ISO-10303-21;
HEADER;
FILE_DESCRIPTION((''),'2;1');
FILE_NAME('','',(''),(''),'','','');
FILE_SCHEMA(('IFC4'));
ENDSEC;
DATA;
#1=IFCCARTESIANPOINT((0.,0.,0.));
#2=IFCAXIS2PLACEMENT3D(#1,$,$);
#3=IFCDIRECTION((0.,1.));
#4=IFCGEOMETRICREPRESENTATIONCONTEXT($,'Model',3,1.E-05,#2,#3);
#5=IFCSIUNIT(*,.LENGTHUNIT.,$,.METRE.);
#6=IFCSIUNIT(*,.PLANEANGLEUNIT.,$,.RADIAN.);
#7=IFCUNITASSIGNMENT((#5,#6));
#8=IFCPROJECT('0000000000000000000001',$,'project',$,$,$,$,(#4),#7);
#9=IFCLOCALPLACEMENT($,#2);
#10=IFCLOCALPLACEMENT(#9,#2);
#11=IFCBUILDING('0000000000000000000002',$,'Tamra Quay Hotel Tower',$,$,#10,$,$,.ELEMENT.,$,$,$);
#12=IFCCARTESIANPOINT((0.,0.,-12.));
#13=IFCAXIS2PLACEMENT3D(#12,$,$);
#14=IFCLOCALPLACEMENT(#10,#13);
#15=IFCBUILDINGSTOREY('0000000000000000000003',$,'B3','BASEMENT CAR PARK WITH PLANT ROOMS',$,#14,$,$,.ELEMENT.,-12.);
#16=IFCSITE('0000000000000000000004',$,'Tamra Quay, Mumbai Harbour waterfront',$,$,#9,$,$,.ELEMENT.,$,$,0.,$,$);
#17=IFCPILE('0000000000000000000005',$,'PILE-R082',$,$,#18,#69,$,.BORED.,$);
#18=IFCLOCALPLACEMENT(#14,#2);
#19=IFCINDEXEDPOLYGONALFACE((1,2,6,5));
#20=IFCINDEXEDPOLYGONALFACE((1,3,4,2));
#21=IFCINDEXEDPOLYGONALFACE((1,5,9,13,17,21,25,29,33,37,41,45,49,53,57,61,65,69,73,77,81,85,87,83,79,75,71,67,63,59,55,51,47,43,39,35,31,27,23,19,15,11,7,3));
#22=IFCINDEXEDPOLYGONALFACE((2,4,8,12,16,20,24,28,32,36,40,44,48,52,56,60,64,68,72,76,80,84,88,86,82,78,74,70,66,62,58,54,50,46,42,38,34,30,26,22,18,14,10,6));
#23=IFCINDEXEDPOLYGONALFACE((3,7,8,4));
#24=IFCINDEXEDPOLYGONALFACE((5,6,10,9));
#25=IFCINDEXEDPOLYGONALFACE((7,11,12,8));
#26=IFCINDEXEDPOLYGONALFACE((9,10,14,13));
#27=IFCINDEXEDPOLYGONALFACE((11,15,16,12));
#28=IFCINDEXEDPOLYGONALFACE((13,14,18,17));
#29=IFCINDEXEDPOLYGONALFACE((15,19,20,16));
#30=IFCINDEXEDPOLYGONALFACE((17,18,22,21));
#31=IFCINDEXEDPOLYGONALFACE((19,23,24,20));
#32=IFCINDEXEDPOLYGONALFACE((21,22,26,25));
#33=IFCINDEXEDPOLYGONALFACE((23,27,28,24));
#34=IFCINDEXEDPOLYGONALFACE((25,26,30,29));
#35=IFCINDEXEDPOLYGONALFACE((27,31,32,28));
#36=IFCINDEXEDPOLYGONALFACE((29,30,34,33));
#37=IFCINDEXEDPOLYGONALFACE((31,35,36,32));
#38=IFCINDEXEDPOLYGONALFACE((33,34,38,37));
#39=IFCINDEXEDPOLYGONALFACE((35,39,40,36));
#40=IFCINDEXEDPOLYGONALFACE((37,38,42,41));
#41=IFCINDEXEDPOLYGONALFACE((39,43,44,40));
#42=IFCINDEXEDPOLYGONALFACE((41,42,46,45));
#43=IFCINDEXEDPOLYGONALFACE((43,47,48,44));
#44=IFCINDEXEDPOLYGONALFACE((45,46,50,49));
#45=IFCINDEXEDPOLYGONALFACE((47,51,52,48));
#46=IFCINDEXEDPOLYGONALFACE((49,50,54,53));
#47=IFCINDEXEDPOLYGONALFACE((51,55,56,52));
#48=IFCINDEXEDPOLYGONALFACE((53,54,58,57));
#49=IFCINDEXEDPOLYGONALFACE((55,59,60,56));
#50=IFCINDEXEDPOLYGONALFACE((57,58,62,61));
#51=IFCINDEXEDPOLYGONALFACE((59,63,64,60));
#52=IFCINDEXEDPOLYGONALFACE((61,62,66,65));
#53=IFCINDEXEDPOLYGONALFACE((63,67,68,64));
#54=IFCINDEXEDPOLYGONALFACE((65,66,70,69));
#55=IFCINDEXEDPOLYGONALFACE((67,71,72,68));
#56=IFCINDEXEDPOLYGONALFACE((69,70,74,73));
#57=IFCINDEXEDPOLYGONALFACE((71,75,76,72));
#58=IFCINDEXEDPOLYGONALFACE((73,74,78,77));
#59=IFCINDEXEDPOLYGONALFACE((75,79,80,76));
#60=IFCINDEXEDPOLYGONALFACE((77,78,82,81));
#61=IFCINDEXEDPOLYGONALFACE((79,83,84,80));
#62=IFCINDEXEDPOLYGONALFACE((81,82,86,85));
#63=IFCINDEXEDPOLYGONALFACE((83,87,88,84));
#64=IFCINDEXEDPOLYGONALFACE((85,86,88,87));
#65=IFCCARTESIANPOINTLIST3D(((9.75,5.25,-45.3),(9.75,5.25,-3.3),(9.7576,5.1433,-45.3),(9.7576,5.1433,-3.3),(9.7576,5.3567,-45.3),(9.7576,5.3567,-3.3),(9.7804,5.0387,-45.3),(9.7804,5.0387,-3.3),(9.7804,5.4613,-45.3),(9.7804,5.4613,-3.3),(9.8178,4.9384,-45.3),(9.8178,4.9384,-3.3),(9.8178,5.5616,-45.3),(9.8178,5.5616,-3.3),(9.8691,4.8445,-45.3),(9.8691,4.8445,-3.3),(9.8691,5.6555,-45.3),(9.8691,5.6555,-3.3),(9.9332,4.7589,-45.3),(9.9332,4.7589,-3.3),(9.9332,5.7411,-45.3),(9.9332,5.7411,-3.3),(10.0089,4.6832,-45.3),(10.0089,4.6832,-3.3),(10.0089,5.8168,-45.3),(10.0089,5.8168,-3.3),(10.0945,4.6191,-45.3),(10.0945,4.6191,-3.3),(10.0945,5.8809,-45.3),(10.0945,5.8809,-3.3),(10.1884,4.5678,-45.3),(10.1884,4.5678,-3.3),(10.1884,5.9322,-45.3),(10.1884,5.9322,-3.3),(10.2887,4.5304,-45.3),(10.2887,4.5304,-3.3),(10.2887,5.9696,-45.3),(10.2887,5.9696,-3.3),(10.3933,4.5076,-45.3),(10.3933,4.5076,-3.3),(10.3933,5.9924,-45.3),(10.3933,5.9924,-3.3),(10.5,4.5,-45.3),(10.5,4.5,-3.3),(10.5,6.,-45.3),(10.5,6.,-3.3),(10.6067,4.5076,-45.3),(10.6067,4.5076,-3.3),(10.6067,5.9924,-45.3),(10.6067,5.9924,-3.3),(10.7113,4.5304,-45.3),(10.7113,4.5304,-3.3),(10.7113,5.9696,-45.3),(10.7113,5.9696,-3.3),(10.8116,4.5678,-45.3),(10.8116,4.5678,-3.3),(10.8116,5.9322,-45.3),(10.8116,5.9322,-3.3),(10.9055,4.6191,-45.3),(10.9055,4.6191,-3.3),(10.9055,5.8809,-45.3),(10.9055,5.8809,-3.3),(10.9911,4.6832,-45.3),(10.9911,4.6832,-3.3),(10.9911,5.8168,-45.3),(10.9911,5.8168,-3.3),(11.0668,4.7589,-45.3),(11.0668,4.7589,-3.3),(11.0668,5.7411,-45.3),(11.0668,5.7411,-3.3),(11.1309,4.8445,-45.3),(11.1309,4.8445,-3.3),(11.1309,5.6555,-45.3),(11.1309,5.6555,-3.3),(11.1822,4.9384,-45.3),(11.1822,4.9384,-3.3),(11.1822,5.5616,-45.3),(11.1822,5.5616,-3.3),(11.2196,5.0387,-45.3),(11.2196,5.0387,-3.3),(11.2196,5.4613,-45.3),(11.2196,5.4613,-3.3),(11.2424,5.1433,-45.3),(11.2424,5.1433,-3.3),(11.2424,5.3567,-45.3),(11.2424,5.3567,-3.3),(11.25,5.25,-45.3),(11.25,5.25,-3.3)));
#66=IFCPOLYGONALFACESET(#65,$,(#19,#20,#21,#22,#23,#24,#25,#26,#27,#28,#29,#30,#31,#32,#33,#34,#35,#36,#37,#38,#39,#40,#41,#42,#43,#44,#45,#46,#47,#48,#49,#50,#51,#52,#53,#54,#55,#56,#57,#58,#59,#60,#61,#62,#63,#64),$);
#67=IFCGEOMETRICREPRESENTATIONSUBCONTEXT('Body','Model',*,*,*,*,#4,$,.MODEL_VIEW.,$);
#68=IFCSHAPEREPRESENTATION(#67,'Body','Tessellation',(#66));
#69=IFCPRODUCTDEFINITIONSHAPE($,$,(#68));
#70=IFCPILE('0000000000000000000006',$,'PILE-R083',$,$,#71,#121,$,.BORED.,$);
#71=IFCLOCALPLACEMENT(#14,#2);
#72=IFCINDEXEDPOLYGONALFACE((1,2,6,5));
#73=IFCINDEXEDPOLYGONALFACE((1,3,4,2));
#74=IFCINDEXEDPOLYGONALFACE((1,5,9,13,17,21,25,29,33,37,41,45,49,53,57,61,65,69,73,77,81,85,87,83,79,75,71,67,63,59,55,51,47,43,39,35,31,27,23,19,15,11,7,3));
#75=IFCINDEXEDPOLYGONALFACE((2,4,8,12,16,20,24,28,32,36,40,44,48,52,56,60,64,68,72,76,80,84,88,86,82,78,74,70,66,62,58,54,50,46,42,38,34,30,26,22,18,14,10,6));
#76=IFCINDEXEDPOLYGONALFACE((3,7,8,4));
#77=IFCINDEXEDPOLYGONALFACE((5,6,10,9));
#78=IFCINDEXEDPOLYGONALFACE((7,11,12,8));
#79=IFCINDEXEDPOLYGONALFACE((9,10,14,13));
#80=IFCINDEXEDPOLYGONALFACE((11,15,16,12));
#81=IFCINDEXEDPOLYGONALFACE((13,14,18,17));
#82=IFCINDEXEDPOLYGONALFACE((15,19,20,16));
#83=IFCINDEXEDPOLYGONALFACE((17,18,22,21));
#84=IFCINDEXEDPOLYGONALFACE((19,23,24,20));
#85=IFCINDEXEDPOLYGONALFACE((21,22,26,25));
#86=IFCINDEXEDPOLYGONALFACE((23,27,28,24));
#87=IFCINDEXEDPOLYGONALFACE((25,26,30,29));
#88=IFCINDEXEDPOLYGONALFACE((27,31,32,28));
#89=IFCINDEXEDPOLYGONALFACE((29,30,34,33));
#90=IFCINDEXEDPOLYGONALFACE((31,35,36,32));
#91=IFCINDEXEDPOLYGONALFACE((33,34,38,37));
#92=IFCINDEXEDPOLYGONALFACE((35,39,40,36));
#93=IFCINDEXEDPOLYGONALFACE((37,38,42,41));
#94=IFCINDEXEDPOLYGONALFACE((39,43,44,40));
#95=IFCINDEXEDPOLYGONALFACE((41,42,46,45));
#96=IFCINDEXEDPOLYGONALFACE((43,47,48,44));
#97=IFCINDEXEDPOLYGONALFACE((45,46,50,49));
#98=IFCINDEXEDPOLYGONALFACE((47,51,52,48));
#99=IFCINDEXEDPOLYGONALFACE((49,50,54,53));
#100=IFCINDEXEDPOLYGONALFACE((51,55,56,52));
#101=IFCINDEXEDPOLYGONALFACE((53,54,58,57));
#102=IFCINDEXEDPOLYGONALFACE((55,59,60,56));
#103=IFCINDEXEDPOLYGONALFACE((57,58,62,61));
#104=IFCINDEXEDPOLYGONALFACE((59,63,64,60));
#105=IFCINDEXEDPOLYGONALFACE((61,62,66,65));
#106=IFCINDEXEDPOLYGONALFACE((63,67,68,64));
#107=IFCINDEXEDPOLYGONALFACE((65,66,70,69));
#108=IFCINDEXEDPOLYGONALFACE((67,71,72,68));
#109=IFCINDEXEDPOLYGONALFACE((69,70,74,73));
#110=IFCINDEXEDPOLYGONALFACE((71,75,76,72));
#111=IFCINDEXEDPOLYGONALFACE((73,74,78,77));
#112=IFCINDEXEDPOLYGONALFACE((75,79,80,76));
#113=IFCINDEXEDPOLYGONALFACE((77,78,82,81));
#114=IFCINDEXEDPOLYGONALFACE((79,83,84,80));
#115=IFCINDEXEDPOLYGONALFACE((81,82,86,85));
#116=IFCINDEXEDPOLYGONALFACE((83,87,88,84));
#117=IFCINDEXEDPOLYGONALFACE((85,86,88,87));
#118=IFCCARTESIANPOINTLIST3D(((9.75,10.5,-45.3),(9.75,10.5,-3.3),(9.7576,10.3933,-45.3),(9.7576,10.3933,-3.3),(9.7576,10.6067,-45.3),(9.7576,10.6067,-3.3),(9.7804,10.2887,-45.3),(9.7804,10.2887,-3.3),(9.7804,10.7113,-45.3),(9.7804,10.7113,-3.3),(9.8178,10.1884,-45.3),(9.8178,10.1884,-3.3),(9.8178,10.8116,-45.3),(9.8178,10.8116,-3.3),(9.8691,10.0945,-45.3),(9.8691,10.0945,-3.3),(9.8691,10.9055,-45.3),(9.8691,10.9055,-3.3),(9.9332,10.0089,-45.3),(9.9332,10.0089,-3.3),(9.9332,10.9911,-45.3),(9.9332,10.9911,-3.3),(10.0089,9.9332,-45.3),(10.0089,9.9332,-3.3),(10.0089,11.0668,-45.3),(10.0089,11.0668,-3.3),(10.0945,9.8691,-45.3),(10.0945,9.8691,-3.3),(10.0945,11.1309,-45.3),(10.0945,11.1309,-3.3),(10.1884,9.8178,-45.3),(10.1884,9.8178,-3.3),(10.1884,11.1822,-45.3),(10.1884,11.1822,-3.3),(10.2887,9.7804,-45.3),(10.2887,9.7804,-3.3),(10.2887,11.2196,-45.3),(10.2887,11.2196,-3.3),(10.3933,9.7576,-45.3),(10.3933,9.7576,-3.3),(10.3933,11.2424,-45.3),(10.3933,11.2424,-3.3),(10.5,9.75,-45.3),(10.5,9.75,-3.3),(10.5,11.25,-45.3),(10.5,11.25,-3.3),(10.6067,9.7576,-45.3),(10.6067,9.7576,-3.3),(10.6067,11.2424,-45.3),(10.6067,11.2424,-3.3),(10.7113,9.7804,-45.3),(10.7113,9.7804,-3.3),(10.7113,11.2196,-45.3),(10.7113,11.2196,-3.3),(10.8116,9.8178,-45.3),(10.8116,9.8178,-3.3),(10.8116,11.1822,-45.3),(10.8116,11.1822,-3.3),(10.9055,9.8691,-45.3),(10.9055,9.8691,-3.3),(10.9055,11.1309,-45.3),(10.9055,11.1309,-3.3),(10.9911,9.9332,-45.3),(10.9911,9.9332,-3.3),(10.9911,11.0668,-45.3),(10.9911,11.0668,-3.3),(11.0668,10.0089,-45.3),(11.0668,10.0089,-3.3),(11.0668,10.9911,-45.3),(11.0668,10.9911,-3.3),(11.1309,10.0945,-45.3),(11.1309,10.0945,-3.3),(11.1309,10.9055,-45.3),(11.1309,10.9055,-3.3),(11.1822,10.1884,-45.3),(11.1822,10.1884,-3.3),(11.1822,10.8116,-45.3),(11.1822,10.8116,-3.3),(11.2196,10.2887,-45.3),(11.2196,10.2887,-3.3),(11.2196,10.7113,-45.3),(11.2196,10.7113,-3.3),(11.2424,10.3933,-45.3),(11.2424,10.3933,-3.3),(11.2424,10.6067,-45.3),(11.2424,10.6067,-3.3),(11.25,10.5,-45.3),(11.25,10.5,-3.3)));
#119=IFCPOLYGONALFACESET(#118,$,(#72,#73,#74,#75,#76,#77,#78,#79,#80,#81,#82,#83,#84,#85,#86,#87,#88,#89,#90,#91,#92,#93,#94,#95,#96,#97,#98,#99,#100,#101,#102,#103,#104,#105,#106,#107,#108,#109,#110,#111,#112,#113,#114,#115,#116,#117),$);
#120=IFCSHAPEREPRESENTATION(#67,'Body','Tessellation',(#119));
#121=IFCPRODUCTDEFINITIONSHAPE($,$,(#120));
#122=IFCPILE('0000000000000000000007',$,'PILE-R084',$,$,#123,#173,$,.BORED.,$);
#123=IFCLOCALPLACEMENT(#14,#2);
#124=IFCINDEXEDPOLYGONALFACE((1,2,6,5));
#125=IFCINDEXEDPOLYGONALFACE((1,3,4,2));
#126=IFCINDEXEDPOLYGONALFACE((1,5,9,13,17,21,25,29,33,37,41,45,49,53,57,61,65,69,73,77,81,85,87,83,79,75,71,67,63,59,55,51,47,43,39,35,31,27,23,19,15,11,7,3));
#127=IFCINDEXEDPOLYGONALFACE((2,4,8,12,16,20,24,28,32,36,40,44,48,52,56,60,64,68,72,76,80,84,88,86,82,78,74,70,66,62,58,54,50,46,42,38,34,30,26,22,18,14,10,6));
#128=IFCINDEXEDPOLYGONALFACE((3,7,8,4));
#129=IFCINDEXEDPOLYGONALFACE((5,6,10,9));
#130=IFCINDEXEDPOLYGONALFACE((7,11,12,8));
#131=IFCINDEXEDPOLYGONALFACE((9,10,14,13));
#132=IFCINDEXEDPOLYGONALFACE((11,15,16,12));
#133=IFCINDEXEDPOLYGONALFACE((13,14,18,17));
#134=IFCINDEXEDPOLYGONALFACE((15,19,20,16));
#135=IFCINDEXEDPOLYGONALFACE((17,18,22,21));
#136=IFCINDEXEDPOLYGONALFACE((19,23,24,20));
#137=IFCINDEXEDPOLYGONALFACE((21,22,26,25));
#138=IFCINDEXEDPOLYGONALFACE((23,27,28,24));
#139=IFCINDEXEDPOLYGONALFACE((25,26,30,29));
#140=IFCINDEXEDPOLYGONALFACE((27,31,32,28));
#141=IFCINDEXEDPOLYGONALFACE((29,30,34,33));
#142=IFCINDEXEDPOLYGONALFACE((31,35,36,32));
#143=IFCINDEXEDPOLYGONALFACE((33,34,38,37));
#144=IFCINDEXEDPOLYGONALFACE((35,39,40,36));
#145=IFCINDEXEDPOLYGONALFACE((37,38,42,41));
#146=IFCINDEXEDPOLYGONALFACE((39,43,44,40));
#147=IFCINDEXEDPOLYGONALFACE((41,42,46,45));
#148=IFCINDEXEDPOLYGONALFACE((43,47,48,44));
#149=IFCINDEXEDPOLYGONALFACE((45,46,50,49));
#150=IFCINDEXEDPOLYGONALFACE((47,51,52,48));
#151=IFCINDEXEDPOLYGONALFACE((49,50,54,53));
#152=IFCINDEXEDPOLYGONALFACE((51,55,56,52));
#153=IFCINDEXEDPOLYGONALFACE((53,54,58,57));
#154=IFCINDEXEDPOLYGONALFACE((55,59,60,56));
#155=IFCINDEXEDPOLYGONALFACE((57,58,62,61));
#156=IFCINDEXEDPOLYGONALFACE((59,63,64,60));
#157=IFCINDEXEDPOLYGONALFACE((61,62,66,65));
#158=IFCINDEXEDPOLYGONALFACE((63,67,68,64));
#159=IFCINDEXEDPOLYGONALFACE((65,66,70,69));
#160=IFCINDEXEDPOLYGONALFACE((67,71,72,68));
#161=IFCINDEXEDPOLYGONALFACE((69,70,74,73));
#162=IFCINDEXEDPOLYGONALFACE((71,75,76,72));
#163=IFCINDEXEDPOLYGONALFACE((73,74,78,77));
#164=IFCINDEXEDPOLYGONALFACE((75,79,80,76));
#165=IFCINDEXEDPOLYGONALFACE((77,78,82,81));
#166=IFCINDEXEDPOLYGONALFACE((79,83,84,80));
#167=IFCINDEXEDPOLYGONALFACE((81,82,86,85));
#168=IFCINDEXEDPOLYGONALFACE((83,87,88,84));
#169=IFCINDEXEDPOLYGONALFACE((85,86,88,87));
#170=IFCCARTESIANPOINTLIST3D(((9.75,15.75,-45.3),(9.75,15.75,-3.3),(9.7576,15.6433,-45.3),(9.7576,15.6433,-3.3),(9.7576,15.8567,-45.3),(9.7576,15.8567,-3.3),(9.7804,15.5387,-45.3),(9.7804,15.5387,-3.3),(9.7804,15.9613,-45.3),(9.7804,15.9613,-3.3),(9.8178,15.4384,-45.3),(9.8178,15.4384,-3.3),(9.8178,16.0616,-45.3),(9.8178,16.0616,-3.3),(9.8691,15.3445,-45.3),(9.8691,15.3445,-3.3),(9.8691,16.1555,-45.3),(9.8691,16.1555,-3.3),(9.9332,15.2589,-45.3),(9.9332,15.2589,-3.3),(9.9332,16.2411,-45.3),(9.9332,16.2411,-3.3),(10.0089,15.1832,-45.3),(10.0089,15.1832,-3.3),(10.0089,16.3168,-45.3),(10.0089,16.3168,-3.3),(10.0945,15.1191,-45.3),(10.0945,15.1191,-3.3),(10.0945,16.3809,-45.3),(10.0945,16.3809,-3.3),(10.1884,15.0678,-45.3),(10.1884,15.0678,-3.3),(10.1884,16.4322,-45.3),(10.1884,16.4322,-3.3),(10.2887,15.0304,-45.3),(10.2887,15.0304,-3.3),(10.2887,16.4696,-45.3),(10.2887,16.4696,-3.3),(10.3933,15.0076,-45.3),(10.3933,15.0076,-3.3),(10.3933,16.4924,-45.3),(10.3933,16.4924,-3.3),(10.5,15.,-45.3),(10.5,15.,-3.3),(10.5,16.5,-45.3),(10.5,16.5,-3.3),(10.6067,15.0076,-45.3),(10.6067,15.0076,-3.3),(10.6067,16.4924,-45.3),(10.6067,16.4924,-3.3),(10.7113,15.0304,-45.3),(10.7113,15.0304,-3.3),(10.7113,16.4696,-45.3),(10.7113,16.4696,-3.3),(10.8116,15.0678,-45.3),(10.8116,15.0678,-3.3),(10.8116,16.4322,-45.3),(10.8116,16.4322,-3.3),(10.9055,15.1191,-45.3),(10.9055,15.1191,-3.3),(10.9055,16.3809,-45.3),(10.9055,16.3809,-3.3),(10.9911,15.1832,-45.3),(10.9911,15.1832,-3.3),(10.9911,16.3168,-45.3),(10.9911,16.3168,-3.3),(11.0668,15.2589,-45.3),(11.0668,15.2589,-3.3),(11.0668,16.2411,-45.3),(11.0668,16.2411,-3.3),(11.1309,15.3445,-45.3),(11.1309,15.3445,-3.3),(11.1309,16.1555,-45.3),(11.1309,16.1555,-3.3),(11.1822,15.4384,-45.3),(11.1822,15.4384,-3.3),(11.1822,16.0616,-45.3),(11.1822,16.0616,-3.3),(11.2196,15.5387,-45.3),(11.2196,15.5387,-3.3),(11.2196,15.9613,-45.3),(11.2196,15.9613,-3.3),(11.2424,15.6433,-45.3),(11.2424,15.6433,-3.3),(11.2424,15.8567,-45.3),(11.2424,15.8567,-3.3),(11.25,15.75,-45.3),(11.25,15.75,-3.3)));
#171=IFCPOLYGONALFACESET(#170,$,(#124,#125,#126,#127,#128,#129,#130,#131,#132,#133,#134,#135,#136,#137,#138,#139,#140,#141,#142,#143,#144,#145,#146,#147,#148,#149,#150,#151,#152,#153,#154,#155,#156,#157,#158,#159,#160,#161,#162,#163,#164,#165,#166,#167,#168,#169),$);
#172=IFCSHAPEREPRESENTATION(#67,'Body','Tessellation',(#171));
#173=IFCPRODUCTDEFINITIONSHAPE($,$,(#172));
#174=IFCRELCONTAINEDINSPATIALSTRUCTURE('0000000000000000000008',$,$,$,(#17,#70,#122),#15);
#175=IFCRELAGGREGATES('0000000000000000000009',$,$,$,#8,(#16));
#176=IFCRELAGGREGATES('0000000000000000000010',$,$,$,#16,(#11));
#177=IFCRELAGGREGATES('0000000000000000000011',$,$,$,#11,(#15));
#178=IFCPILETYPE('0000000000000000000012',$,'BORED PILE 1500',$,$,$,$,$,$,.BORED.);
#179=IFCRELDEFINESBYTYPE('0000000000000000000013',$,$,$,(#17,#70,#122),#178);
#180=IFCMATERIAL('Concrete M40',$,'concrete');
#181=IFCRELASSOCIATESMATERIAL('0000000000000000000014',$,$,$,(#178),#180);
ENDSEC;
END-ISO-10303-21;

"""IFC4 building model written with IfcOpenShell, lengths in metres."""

from ifc_helpers import new_model, si_unit, direction, frame, origin, origin_2d, place, context, subcontext, project, spatial, circle, extrude, material, material_profile, profile_set, type_object, element, save


model = new_model("IFC4")

# Units and contexts
model_context = context("Model", 3, precision=1e-05, world=origin(), true_north=direction((0.0, 1.0)))
body_context = subcontext(model_context, "Body", "Model", "MODEL_VIEW")
ifc_project = project(units=[si_unit("LENGTHUNIT", "METRE"), si_unit("PLANEANGLEUNIT", "RADIAN")], contexts=[model_context])

# Site, building, storey
site_placement = place(None, origin())
site = spatial("IfcSite", under=ifc_project, at=site_placement, Name="Tamra Quay, Mumbai Harbour waterfront", CompositionType="ELEMENT", RefElevation=0.0)
building_placement = place(site_placement, origin())
building = spatial("IfcBuilding", under=site, at=building_placement, Name="Tamra Quay Hotel Tower", CompositionType="ELEMENT")
storey_placement = place(building_placement, frame((0.0, 0.0, -12.0)))
storey = spatial("IfcBuildingStorey", under=building, at=storey_placement, Name="B3", Description="BASEMENT CAR PARK WITH PLANT ROOMS", CompositionType="ELEMENT", Elevation=-12.0)

# Piles
ifc_material_1 = material(Name="Concrete M40", Category="concrete")
ifc_material_profile_1 = material_profile(ifc_material_1, circle(Radius=0.75, at=origin_2d()), Name="BORED PILE 1500")
ifc_profile_set_1 = profile_set([ifc_material_profile_1], Name="Concrete M40")
pile_type = type_object("IfcPileType", Name="BORED PILE 1500", PredefinedType="BORED", material=ifc_profile_set_1)
for number, where, z_axis, x_axis, name in (
    (1, (10.5, 5.25, -3.3), (0.0, 0.0, -1.0), (1.0, 0.0, 0.0), "PILE-R082"),
    (2, (10.5, 10.5, -3.3), (0.0, 0.0, -1.0), (1.0, 0.0, 0.0), "PILE-R083"),
    (3, (10.5, 15.75, -3.3), (0.0, 0.0, -1.0), (1.0, 0.0, 0.0), "PILE-R084"),
):
    element("IfcPile", number, at=place(storey_placement, frame(where, z_axis=z_axis, x_axis=x_axis)), inside=storey, type_object=pile_type, Name=name, PredefinedType="BORED", context=body_context, shape_type="SweptSolid", body=[
        extrude(circle(Radius=0.75, at=origin_2d()), origin(), (0.0, 0.0, 1.0), 42.0),
    ])

save(model, "model.ifc")
